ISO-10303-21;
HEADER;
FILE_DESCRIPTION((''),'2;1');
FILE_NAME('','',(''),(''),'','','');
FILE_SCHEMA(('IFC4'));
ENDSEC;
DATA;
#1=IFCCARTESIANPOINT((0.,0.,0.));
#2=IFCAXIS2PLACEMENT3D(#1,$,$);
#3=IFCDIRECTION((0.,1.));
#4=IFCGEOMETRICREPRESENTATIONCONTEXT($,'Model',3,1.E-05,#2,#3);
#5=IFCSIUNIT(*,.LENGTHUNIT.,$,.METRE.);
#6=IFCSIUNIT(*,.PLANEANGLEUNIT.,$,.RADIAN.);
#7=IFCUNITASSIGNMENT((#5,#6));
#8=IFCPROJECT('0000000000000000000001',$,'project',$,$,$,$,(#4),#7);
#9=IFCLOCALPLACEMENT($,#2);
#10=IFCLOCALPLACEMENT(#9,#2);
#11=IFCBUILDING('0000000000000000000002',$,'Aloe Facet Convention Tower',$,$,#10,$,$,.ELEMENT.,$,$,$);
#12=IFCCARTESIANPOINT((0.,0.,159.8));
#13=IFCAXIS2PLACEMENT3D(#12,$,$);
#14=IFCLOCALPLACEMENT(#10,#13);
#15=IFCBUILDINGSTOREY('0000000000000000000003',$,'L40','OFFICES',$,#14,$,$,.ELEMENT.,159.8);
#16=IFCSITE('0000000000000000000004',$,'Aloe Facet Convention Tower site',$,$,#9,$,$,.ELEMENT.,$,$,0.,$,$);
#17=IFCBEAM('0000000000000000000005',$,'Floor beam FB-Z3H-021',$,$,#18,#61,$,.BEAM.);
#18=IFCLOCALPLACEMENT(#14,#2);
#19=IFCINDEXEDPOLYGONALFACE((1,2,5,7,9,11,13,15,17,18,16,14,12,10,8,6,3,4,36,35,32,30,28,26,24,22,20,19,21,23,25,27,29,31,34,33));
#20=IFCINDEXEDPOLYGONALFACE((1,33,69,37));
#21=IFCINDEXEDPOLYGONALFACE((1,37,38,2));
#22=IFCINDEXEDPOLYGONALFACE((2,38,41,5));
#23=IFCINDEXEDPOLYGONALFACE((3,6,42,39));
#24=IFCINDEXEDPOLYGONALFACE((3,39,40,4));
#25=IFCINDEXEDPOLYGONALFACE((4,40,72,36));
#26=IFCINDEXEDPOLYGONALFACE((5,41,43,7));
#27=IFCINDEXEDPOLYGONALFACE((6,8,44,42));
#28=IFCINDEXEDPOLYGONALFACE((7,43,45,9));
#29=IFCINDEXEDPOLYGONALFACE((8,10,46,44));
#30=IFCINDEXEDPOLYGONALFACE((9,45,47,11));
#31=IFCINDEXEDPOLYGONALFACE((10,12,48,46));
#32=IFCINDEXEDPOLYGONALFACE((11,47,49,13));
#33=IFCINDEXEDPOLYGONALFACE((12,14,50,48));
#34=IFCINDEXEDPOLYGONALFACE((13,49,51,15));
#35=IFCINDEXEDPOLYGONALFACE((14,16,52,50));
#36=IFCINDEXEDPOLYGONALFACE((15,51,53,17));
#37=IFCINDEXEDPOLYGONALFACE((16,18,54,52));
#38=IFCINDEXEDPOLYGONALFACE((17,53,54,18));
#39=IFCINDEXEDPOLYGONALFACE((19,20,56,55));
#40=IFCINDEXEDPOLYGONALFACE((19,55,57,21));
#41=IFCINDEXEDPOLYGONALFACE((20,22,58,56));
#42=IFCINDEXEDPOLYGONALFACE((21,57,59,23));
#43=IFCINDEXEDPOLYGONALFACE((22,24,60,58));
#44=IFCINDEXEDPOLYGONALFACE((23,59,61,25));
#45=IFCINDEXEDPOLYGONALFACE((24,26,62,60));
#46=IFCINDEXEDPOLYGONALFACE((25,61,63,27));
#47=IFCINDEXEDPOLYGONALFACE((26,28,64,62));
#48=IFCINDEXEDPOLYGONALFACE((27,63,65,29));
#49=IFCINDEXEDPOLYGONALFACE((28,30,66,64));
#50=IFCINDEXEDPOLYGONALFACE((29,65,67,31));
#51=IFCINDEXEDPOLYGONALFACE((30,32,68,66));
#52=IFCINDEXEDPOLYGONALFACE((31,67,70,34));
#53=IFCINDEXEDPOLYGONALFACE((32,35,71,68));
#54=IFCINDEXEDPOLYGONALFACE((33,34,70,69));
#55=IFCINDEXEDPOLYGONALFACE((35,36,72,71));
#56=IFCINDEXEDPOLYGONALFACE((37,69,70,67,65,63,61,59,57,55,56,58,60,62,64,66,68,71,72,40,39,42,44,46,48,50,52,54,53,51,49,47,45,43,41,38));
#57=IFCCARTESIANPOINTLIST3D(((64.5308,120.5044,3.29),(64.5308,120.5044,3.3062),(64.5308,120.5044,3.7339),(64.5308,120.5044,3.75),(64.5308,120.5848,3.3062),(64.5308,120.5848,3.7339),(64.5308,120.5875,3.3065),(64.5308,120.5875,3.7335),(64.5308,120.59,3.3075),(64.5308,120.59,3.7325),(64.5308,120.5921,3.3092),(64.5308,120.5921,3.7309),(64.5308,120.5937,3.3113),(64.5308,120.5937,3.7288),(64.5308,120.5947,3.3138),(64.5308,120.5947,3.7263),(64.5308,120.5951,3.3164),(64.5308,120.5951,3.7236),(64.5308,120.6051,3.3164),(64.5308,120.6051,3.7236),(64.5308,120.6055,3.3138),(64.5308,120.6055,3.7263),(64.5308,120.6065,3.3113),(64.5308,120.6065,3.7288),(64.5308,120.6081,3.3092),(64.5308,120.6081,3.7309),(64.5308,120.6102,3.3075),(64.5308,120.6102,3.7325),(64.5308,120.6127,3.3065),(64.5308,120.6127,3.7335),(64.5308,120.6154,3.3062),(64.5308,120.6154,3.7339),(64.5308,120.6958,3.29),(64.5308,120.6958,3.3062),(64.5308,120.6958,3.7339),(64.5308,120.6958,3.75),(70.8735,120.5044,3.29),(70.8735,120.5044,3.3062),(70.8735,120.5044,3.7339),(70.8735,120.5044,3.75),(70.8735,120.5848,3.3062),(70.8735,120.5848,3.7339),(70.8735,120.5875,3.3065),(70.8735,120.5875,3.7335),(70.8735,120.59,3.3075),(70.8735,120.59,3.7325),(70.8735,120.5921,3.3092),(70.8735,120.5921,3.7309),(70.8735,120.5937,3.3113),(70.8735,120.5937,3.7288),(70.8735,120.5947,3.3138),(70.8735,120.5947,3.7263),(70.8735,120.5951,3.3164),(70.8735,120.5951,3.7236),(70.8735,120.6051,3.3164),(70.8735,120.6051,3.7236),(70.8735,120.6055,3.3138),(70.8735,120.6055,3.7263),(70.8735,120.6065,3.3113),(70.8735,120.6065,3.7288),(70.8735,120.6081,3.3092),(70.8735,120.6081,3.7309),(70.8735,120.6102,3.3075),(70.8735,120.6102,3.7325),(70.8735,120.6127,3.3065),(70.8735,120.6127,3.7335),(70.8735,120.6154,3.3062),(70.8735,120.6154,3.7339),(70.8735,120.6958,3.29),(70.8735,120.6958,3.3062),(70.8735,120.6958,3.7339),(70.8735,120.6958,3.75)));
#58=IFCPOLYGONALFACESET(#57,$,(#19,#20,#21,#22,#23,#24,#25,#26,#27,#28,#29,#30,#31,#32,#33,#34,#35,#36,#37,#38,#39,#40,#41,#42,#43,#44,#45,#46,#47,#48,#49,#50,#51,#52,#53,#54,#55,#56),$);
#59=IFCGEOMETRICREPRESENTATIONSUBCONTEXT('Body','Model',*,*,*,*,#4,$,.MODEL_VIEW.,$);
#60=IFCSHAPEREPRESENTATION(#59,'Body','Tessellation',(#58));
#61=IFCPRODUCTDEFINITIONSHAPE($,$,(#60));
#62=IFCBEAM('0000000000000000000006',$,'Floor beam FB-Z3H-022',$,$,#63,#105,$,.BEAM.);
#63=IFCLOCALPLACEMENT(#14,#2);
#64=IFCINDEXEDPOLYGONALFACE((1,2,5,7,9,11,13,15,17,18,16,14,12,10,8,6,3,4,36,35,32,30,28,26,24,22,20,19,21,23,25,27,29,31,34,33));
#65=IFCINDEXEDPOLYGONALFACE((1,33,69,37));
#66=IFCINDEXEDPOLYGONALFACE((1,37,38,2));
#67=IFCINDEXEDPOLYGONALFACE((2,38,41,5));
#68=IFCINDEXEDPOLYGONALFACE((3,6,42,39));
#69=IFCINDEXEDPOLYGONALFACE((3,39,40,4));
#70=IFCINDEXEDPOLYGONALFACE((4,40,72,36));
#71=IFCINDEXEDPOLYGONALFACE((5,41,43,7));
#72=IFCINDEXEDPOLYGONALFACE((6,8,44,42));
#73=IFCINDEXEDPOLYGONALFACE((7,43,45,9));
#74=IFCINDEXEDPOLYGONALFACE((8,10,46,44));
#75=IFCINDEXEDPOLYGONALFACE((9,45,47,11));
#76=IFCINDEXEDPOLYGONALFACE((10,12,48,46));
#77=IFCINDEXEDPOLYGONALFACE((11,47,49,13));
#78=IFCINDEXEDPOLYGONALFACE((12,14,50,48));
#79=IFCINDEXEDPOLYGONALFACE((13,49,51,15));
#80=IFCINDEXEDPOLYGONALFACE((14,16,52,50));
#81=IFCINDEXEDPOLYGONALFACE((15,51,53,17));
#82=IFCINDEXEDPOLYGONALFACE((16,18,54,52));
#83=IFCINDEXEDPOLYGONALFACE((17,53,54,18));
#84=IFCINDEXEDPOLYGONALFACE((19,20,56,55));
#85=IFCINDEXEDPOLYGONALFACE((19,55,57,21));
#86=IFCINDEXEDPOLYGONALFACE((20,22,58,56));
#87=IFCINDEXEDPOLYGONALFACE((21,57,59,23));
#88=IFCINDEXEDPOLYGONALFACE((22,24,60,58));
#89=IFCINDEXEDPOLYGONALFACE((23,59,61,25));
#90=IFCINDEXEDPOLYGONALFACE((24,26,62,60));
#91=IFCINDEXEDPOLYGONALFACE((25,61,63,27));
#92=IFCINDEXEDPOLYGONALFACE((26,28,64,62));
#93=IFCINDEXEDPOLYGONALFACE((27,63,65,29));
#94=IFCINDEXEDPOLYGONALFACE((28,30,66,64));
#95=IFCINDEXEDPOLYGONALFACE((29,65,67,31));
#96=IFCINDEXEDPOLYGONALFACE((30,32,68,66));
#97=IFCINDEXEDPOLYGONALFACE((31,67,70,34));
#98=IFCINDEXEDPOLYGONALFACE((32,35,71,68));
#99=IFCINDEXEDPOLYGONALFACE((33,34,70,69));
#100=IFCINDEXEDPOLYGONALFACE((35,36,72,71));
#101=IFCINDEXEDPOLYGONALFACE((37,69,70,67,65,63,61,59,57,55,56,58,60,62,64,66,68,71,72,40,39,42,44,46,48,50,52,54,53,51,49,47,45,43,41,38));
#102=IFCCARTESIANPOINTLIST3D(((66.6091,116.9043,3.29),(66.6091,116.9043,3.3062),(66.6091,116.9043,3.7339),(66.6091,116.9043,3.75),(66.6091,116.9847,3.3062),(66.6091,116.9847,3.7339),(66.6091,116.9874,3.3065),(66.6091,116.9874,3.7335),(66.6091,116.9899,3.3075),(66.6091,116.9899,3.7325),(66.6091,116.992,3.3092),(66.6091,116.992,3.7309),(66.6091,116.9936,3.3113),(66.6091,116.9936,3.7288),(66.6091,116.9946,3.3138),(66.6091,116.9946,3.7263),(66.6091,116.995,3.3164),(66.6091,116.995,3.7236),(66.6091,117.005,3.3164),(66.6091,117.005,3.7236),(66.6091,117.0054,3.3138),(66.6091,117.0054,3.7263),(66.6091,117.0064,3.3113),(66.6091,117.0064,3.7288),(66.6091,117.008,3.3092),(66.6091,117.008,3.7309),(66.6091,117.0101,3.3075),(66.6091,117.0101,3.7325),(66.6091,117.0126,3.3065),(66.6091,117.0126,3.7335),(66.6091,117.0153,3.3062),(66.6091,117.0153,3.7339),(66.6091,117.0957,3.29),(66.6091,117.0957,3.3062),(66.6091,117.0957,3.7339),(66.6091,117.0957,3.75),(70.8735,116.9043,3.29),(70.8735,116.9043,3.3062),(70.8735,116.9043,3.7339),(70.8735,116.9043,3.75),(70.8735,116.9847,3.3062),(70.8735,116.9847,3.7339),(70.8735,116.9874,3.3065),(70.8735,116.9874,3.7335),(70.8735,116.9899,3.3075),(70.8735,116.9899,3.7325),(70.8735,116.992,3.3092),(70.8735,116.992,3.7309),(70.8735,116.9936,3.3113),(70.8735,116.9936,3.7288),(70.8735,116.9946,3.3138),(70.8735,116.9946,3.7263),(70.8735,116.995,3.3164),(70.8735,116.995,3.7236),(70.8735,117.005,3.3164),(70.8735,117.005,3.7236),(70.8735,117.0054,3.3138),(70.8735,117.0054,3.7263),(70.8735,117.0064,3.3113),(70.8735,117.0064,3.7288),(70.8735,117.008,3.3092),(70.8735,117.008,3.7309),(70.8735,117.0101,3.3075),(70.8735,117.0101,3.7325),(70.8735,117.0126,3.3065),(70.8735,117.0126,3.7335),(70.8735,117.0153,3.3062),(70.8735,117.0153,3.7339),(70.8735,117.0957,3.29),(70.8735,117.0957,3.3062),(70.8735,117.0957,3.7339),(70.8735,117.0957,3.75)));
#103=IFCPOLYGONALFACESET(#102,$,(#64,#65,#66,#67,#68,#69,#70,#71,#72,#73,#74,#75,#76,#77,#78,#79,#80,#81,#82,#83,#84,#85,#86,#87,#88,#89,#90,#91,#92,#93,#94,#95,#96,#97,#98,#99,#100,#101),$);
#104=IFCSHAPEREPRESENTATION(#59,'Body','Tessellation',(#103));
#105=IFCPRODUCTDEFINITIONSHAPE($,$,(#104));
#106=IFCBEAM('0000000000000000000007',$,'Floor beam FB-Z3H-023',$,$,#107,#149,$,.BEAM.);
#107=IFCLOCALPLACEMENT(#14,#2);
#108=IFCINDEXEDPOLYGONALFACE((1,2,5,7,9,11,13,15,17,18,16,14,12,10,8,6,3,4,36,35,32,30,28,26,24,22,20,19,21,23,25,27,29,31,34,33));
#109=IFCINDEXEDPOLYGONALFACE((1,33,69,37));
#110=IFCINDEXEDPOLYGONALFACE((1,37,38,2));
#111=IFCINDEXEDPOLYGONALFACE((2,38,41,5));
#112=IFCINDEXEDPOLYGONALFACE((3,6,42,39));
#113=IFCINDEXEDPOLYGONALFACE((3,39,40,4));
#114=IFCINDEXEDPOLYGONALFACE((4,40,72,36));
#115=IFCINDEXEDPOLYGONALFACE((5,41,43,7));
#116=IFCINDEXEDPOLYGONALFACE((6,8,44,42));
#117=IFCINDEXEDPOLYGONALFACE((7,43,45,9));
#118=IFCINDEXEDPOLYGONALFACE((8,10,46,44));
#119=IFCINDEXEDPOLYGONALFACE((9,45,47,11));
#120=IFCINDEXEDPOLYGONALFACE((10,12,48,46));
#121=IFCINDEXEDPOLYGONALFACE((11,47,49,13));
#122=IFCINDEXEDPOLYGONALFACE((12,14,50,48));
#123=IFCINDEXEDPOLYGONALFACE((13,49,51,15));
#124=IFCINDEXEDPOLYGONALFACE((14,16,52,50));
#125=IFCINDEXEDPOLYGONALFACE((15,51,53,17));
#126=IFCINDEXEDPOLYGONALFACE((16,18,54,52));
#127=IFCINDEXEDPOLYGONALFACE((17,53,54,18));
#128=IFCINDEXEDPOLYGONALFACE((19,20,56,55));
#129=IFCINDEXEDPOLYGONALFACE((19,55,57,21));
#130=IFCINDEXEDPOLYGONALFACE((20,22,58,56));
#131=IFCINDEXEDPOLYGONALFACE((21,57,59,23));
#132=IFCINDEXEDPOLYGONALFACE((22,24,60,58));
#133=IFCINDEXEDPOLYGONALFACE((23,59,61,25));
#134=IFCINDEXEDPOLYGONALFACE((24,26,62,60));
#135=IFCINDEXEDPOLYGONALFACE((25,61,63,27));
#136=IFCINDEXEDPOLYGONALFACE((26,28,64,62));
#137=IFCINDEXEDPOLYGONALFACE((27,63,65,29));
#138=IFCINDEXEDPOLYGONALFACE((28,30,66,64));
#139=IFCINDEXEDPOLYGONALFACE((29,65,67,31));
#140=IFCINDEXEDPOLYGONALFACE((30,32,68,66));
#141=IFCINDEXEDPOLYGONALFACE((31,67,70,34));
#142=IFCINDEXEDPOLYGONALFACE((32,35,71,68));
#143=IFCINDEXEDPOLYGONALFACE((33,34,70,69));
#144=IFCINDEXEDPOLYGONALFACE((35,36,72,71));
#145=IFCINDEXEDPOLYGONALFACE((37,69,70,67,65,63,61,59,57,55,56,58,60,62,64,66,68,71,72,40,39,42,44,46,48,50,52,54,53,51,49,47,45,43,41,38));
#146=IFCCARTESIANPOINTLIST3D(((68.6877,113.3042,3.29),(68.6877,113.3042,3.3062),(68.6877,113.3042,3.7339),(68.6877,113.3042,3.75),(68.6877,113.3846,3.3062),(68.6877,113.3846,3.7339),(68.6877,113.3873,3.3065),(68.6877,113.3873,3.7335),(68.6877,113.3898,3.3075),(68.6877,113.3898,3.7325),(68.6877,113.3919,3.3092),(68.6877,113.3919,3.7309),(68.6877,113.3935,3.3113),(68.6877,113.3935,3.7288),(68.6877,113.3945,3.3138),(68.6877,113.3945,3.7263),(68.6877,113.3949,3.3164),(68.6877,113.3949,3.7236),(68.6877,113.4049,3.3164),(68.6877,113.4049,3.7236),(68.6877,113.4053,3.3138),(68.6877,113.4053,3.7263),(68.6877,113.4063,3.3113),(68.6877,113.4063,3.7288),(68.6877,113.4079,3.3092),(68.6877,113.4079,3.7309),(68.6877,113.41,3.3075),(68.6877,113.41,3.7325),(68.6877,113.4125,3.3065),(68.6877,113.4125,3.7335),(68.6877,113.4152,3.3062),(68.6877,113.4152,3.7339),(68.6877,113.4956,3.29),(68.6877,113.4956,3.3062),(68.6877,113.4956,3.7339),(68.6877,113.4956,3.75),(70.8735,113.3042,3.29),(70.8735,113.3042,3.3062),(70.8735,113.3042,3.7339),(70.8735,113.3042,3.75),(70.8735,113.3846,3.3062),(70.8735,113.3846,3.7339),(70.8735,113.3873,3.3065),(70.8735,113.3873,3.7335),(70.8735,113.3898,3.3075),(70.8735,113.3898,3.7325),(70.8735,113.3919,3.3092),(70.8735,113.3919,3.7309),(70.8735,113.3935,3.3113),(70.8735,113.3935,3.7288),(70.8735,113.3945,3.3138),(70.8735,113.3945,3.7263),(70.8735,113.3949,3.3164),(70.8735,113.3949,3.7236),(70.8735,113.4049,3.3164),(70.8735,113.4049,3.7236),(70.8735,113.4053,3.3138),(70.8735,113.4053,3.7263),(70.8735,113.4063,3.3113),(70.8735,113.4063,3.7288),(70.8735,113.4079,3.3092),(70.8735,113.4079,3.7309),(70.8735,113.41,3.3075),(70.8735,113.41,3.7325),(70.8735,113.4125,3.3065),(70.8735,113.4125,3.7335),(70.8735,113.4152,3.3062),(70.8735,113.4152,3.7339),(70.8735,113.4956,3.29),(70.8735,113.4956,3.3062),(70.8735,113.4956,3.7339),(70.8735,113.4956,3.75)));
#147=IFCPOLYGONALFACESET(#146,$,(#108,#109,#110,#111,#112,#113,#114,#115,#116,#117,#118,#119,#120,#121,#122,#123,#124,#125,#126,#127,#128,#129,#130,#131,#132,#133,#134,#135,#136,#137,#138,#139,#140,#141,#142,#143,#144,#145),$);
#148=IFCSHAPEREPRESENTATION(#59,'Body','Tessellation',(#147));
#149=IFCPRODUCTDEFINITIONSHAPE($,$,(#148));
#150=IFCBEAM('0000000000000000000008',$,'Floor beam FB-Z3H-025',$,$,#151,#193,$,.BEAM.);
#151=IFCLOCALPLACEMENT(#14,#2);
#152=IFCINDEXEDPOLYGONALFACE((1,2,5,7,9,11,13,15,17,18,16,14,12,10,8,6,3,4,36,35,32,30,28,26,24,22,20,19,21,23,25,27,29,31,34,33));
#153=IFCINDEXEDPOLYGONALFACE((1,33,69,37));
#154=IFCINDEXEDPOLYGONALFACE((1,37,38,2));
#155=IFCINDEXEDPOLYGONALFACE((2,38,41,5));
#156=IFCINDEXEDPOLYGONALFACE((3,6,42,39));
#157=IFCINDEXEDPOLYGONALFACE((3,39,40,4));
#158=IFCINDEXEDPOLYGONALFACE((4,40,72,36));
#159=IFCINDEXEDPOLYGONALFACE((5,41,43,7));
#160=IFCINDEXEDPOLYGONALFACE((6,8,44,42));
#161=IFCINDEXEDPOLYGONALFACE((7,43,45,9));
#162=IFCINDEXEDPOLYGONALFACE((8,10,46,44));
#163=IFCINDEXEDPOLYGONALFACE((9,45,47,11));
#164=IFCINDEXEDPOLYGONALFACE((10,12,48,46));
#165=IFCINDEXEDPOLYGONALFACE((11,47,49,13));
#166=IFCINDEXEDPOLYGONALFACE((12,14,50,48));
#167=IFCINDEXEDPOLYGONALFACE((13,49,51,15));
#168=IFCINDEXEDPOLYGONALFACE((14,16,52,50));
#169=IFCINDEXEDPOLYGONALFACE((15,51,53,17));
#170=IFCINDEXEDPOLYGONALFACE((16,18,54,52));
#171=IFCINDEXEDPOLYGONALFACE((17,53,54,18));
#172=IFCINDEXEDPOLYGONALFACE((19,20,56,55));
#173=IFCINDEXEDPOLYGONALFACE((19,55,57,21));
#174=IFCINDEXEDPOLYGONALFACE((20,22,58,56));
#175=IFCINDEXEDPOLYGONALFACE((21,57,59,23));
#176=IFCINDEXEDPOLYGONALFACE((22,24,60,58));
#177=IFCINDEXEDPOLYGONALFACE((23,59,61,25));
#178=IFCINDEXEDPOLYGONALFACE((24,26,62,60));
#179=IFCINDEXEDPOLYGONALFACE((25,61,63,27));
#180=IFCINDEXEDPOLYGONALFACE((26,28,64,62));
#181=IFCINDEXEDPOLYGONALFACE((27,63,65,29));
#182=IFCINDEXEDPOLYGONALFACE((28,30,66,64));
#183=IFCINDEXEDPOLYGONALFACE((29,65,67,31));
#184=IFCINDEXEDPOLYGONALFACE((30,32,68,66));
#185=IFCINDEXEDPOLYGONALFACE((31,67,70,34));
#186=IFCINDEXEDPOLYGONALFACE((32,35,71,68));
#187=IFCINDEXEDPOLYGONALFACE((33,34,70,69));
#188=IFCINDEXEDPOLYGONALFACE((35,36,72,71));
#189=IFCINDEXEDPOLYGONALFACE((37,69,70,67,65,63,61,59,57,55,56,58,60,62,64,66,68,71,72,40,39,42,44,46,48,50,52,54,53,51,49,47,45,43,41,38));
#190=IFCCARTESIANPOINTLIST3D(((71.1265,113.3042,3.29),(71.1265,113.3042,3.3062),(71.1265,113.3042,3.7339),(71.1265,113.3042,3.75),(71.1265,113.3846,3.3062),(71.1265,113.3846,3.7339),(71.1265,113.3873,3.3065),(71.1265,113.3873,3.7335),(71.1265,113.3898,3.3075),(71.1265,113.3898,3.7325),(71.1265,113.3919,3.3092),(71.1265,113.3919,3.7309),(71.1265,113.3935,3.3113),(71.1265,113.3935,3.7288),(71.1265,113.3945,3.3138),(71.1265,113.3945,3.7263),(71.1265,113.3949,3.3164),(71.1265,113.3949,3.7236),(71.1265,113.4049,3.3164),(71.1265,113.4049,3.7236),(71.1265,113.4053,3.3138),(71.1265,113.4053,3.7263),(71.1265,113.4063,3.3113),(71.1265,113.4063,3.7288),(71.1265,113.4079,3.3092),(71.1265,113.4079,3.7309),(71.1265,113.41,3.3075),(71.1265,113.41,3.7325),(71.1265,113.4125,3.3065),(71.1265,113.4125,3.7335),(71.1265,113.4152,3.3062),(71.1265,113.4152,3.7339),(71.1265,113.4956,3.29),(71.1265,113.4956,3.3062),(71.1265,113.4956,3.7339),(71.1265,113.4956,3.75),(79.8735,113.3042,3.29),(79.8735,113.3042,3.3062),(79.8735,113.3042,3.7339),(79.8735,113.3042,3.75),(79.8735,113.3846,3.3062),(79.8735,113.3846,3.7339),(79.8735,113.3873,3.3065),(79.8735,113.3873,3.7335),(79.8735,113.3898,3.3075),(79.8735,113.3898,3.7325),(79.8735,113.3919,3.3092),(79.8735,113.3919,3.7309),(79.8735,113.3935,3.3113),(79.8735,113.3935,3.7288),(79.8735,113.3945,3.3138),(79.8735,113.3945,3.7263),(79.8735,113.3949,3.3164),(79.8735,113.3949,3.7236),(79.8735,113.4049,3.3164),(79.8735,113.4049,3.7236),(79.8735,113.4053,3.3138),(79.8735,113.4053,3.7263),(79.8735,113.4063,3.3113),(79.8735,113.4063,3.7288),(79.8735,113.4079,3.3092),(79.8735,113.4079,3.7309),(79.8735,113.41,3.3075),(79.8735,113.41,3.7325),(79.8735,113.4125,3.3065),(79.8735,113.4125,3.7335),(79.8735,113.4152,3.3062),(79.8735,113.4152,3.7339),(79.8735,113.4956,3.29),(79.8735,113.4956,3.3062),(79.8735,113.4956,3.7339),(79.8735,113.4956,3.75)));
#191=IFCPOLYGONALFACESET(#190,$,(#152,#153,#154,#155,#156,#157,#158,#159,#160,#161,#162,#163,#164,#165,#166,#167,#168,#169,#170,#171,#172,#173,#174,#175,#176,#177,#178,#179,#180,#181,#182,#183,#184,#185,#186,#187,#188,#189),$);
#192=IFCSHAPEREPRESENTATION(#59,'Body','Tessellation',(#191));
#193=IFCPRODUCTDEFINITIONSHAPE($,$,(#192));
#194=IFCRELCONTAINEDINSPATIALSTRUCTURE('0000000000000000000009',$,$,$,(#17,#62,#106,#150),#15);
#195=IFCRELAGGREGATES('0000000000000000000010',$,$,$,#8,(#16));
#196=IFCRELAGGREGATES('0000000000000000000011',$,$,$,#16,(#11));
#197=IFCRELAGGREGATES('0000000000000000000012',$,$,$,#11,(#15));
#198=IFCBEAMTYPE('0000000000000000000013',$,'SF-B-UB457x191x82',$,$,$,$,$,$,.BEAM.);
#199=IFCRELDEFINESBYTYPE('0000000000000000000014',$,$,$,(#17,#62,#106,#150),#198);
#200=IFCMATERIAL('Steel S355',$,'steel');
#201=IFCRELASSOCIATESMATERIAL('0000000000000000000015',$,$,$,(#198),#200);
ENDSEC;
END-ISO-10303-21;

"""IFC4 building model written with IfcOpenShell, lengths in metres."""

from ifc_helpers import new_model, si_unit, direction, frame, origin, origin_2d, place, context, subcontext, project, spatial, i_section, extrude, material, material_profile, profile_set, type_object, element, save


model = new_model("IFC4")

# Units and contexts
model_context = context("Model", 3, precision=1e-05, world=origin(), true_north=direction((0.0, 1.0)))
body_context = subcontext(model_context, "Body", "Model", "MODEL_VIEW")
ifc_project = project(units=[si_unit("LENGTHUNIT", "METRE"), si_unit("PLANEANGLEUNIT", "RADIAN")], contexts=[model_context])

# Site, building, storey
site_placement = place(None, origin())
site = spatial("IfcSite", under=ifc_project, at=site_placement, Name="Aloe Facet Convention Tower site", CompositionType="ELEMENT", RefElevation=0.0)
building_placement = place(site_placement, origin())
building = spatial("IfcBuilding", under=site, at=building_placement, Name="Aloe Facet Convention Tower", CompositionType="ELEMENT")
storey_placement = place(building_placement, frame((0.0, 0.0, 159.8)))
storey = spatial("IfcBuildingStorey", under=building, at=storey_placement, Name="L40", Description="OFFICES", CompositionType="ELEMENT", Elevation=159.8)

# Beams
ifc_material_1 = material(Name="Steel S355", Category="steel")
ifc_material_profile_1 = material_profile(ifc_material_1, i_section(OverallWidth=0.1914, OverallDepth=0.46, WebThickness=0.01, FlangeThickness=0.0161, FilletRadius=0.0103, at=origin_2d()), Name="UB 457x191x82")
ifc_profile_set_1 = profile_set([ifc_material_profile_1], Name="Steel S355")
beam_type_1 = type_object("IfcBeamType", Name="SF-B-UB457x191x82", PredefinedType="BEAM", material=ifc_profile_set_1)
beam_1_placement = place(storey_placement, frame((64.5308, 120.6001, 3.52), z_axis=(1.0, 0.0, 0.0), x_axis=(0.0, 1.0, 0.0)))
element("IfcBeam", 1, at=beam_1_placement, inside=storey, type_object=beam_type_1, Name="Floor beam FB-Z3H-021", PredefinedType="BEAM", context=body_context, shape_type="SweptSolid", body=[
    extrude(i_section(OverallWidth=0.1914, OverallDepth=0.46, WebThickness=0.01, FlangeThickness=0.0161, FilletRadius=0.0103, at=origin_2d()), origin(), (0.0, 0.0, 1.0), 6.3428),
])
beam_2_placement = place(storey_placement, frame((66.6091, 117.0, 3.52), z_axis=(1.0, 0.0, 0.0), x_axis=(0.0, 1.0, 0.0)))
element("IfcBeam", 2, at=beam_2_placement, inside=storey, type_object=beam_type_1, Name="Floor beam FB-Z3H-022", PredefinedType="BEAM", context=body_context, shape_type="SweptSolid", body=[
    extrude(i_section(OverallWidth=0.1914, OverallDepth=0.46, WebThickness=0.01, FlangeThickness=0.0161, FilletRadius=0.0103, at=origin_2d()), origin(), (0.0, 0.0, 1.0), 4.2644),
])
beam_3_placement = place(storey_placement, frame((68.6877, 113.3999, 3.52), z_axis=(1.0, 0.0, 0.0), x_axis=(0.0, 1.0, 0.0)))
element("IfcBeam", 3, at=beam_3_placement, inside=storey, type_object=beam_type_1, Name="Floor beam FB-Z3H-023", PredefinedType="BEAM", context=body_context, shape_type="SweptSolid", body=[
    extrude(i_section(OverallWidth=0.1914, OverallDepth=0.46, WebThickness=0.01, FlangeThickness=0.0161, FilletRadius=0.0103, at=origin_2d()), origin(), (0.0, 0.0, 1.0), 2.1858),
])
for number, where, z_axis, x_axis, name in (
    (4, (71.1265, 113.3999, 3.52), (1.0, 0.0, 0.0), (0.0, 1.0, 0.0), "Floor beam FB-Z3H-025"),
):
    element("IfcBeam", number, at=place(storey_placement, frame(where, z_axis=z_axis, x_axis=x_axis)), inside=storey, type_object=beam_type_1, Name=name, PredefinedType="BEAM", context=body_context, shape_type="SweptSolid", body=[
        extrude(i_section(OverallWidth=0.1914, OverallDepth=0.46, WebThickness=0.01, FlangeThickness=0.0161, FilletRadius=0.0103, at=origin_2d()), origin(), (0.0, 0.0, 1.0), 8.7471),
    ])

save(model, "model.ifc")
